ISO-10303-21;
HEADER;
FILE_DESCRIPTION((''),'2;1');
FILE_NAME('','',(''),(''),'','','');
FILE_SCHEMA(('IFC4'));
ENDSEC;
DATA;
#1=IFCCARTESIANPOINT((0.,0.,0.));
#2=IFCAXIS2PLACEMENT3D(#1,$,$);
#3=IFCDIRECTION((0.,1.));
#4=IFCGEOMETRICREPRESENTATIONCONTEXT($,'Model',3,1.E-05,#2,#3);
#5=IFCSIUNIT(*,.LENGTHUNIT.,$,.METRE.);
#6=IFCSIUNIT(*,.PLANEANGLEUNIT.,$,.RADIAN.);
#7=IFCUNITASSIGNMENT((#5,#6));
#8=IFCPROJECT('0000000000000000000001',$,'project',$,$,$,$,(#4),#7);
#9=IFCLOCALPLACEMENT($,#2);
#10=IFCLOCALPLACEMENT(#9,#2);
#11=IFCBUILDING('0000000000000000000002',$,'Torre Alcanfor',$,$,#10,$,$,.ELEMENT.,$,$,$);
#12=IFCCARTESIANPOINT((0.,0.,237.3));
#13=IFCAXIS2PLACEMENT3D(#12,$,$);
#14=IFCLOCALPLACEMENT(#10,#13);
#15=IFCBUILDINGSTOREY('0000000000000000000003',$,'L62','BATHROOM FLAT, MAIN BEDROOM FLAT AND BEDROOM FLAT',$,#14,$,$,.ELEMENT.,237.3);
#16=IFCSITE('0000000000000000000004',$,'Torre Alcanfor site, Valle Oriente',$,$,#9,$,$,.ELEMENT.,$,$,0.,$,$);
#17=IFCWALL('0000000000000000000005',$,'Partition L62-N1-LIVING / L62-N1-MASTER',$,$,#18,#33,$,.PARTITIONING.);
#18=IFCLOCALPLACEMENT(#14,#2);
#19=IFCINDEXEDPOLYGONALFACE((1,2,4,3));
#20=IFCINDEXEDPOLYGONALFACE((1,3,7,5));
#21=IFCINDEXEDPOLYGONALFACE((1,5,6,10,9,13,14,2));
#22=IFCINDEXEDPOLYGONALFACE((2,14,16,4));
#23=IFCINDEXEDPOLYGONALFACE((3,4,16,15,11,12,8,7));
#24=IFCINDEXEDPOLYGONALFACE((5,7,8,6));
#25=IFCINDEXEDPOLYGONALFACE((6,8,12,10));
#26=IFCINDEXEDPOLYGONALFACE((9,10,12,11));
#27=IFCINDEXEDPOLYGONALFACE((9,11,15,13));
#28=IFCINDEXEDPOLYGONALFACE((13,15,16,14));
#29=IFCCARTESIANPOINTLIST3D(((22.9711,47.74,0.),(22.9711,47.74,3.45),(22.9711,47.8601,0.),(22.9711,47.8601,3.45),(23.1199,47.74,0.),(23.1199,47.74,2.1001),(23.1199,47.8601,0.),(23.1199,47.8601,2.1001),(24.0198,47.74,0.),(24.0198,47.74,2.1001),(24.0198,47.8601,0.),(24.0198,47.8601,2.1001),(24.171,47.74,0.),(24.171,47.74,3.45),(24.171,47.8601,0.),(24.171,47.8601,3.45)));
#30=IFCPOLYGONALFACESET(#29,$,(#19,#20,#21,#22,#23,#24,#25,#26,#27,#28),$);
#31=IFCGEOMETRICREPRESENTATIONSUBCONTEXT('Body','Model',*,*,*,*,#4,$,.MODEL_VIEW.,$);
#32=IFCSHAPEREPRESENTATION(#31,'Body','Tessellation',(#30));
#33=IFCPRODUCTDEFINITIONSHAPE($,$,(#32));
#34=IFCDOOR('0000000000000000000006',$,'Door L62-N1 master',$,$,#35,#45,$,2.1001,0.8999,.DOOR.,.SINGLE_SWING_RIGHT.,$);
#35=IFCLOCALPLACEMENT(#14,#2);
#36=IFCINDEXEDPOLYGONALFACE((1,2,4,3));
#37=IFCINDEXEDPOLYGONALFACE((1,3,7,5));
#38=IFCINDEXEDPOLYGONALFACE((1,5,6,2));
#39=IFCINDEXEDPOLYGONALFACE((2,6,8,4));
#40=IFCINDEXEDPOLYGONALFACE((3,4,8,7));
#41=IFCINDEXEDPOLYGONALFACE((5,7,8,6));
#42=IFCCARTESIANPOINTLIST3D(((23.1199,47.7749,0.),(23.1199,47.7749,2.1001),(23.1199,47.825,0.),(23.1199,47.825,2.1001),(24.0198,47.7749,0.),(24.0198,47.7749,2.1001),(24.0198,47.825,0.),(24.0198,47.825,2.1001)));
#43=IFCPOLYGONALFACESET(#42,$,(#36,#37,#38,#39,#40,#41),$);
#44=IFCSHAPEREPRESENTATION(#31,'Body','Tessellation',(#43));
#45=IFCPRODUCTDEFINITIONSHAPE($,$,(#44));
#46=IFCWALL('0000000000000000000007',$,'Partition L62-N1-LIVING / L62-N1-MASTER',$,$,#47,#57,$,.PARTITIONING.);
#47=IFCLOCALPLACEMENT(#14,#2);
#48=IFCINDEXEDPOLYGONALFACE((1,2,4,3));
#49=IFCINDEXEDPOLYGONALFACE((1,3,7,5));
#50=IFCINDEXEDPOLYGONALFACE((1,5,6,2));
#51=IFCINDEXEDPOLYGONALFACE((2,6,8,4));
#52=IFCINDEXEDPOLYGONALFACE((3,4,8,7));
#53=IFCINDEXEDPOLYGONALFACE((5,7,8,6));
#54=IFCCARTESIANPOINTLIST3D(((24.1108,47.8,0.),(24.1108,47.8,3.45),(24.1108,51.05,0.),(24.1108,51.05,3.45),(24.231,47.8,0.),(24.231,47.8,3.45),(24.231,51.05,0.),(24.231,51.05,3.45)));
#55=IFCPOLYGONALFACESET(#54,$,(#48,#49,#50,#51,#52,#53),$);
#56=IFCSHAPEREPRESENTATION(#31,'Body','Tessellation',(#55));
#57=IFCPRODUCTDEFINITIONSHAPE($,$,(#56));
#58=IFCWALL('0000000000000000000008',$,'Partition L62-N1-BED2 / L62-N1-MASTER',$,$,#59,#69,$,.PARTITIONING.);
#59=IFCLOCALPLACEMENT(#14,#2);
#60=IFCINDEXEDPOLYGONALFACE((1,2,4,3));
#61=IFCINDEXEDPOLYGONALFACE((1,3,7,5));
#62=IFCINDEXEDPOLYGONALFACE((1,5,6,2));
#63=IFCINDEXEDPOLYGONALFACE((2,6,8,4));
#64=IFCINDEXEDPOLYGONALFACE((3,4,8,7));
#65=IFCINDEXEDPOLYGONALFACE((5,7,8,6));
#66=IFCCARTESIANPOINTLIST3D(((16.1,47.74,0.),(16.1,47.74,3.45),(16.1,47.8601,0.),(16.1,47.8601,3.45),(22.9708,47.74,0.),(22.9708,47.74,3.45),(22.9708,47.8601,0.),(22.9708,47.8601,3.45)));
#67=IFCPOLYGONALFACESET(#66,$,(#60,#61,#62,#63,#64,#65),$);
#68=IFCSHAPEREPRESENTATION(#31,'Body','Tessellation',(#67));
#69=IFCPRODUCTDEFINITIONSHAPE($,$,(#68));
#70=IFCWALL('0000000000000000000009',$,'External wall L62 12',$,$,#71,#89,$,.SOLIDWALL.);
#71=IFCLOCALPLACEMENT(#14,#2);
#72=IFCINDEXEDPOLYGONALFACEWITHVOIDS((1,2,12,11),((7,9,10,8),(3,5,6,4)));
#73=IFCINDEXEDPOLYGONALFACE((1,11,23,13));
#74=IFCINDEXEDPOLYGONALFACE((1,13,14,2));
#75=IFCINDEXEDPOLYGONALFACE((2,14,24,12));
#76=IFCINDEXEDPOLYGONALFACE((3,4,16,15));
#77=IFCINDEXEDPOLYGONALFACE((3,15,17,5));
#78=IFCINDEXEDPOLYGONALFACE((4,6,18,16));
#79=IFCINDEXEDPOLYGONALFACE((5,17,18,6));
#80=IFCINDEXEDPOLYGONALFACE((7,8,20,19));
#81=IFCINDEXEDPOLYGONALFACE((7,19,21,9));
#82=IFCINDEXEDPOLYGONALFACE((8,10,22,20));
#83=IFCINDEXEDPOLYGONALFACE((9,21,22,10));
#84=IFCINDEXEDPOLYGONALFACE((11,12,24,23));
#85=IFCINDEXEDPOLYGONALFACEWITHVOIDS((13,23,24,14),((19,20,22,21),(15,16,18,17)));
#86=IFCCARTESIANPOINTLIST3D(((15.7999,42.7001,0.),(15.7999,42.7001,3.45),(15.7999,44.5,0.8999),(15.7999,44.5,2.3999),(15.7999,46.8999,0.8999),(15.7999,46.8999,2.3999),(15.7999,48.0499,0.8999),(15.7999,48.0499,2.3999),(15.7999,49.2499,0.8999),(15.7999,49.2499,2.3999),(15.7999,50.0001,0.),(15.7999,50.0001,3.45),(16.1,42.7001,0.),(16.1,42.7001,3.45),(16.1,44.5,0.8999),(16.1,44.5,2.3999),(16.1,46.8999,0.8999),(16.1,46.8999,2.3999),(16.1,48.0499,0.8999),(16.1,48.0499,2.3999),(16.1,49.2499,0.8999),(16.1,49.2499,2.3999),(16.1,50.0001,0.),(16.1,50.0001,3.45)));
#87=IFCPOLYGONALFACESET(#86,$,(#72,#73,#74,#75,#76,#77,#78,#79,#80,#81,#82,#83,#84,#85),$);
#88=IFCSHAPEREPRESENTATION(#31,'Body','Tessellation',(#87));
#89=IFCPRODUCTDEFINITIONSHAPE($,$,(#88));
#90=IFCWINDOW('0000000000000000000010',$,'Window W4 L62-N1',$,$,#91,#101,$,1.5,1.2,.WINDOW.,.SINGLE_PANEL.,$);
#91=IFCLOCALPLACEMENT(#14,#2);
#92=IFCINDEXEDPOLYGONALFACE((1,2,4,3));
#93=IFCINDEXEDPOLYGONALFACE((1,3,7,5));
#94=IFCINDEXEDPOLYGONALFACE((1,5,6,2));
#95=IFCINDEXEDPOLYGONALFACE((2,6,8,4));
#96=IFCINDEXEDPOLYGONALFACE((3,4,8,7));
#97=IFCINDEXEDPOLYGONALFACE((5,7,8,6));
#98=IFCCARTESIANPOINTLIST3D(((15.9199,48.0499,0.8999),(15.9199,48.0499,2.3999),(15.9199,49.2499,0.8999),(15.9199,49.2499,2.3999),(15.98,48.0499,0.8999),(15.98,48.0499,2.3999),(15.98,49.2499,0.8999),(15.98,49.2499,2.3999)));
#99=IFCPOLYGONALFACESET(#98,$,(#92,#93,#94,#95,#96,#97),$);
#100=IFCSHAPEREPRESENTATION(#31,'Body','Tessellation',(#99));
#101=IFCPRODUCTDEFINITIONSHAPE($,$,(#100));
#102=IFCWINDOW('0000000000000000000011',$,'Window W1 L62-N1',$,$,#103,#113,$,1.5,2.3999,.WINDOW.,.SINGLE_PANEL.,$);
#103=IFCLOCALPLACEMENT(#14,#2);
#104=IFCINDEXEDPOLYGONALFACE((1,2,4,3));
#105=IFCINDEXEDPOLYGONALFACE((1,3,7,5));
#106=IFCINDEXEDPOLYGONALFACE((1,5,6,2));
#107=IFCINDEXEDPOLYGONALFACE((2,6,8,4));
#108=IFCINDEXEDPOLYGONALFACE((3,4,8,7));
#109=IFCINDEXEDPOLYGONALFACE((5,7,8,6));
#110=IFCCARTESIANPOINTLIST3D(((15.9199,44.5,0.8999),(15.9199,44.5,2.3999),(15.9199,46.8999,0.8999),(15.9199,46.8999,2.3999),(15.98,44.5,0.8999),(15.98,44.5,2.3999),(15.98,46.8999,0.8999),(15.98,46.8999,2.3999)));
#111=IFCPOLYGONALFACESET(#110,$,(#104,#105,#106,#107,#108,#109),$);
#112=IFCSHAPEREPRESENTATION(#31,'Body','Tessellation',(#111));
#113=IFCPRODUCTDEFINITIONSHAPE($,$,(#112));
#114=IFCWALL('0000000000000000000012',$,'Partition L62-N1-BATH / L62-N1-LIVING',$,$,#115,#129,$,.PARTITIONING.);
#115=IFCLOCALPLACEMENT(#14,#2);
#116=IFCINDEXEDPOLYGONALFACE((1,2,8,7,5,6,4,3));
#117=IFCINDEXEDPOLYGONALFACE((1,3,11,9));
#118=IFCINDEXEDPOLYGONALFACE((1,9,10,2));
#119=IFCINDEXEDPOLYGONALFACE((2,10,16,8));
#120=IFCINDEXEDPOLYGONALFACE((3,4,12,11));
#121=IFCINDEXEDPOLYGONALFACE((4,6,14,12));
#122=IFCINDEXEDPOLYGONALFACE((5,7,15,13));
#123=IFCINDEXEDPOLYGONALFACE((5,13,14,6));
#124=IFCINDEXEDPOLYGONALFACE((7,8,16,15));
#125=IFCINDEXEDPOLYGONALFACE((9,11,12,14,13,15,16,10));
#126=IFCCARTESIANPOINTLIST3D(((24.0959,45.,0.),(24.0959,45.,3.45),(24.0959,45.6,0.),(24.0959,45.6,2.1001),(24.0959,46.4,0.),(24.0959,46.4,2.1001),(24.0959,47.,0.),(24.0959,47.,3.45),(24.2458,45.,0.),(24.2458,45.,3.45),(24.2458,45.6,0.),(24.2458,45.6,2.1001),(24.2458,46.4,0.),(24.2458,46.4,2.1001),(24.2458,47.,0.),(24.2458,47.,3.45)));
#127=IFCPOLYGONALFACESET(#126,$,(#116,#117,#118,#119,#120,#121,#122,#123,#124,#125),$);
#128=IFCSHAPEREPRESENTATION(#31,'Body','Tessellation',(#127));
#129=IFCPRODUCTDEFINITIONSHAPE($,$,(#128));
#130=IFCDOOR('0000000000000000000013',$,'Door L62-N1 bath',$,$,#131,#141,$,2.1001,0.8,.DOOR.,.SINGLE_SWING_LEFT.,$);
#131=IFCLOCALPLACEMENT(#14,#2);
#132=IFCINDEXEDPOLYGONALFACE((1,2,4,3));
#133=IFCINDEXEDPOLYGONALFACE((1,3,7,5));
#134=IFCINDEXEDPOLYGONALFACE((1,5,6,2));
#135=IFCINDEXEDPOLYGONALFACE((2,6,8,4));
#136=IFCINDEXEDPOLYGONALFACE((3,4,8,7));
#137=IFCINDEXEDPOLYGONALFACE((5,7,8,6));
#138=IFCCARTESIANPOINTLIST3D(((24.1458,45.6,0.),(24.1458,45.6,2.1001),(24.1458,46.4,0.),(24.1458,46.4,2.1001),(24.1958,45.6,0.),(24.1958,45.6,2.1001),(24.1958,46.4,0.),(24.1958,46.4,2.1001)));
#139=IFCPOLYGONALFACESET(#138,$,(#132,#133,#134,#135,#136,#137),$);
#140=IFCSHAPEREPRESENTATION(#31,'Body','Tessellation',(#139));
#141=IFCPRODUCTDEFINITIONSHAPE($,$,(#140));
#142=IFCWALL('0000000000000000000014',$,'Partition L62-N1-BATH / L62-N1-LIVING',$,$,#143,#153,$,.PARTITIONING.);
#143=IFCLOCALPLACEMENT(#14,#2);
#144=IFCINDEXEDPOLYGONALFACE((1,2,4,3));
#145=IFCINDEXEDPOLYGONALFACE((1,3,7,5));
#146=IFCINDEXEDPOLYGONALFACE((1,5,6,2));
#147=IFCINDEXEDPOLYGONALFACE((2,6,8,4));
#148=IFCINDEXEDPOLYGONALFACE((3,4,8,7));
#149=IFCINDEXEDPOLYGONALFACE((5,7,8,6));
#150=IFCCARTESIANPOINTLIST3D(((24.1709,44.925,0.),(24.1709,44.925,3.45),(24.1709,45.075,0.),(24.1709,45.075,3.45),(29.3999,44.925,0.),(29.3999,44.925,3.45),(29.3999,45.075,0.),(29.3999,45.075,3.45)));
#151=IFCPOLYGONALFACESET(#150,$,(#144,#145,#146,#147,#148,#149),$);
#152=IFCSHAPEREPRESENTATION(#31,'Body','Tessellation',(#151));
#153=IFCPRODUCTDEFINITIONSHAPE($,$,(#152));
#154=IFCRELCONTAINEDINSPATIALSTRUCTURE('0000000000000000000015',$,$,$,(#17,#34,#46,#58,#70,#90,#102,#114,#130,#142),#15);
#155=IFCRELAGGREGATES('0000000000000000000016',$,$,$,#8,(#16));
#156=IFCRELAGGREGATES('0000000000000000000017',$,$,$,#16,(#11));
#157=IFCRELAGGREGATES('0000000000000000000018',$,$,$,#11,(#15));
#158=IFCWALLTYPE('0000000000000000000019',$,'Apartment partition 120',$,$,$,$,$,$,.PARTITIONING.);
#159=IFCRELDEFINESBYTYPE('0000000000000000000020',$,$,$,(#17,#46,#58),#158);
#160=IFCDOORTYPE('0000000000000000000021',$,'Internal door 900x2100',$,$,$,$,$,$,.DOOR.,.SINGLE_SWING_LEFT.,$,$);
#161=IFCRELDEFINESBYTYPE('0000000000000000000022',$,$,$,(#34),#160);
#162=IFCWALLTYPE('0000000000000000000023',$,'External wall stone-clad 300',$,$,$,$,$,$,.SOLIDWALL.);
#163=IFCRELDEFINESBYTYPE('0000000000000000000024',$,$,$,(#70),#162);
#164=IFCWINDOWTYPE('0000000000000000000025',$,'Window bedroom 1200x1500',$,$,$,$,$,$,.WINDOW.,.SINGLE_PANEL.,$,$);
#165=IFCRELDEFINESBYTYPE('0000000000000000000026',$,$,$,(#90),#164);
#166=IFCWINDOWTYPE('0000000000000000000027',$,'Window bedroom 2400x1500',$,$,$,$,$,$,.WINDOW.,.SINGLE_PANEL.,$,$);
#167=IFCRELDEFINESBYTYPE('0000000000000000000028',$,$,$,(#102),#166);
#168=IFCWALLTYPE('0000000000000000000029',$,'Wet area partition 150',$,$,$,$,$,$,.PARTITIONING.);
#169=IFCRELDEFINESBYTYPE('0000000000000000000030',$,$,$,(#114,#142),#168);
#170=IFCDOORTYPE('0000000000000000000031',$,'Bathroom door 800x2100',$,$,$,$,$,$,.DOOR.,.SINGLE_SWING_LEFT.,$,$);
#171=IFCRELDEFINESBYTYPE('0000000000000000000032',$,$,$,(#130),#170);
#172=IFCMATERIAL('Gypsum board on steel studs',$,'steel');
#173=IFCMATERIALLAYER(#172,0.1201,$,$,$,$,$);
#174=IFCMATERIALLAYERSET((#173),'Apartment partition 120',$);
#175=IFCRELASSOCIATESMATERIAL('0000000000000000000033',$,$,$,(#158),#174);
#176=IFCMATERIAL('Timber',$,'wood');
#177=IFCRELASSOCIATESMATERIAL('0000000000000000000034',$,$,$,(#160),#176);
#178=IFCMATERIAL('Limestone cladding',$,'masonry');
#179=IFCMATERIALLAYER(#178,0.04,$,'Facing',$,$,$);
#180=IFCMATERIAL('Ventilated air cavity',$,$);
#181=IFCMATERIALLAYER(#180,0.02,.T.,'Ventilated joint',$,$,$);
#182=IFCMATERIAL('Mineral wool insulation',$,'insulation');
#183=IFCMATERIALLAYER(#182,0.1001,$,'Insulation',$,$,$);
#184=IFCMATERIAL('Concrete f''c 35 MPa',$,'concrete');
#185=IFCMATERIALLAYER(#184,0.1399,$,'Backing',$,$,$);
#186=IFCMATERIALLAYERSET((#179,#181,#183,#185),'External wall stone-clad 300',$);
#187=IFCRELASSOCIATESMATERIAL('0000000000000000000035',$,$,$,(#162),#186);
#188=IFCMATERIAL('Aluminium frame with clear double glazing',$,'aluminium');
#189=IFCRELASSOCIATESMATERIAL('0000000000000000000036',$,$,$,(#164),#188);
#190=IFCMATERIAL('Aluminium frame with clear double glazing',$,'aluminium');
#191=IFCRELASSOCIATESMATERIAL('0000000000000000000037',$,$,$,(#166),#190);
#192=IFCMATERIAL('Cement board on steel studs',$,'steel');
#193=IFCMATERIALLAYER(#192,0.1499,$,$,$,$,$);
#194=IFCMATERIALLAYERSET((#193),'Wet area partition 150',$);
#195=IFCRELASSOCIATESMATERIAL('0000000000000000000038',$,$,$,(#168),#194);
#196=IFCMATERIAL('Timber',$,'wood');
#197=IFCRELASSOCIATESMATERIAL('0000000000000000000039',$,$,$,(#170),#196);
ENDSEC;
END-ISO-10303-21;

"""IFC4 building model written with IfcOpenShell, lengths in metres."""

from ifc_helpers import new_model, si_unit, direction, frame, frame_2d, origin, place, context, subcontext, project, spatial, rectangle, extrude, material, layer, layer_set, type_object, element, fill, save


model = new_model("IFC4")

# Units and contexts
model_context = context("Model", 3, precision=1e-05, world=origin(), true_north=direction((0.0, 1.0)))
body_context = subcontext(model_context, "Body", "Model", "MODEL_VIEW")
ifc_project = project(units=[si_unit("LENGTHUNIT", "METRE"), si_unit("PLANEANGLEUNIT", "RADIAN")], contexts=[model_context])

# Site, building, storey
site_placement = place(None, origin())
site = spatial("IfcSite", under=ifc_project, at=site_placement, Name="Torre Alcanfor site, Valle Oriente", CompositionType="ELEMENT", RefElevation=0.0)
building_placement = place(site_placement, origin())
building = spatial("IfcBuilding", under=site, at=building_placement, Name="Torre Alcanfor", CompositionType="ELEMENT")
storey_placement = place(building_placement, frame((0.0, 0.0, 237.3)))
storey = spatial("IfcBuildingStorey", under=building, at=storey_placement, Name="L62", Description="BATHROOM FLAT, MAIN BEDROOM FLAT AND BEDROOM FLAT", CompositionType="ELEMENT", Elevation=237.3)

# Wall, opening, door
ifc_material_1 = material(Name="Gypsum board on steel studs", Category="steel")
ifc_layer_1 = layer(ifc_material_1, 0.1201)
ifc_layer_set_1 = layer_set([ifc_layer_1], Name="Apartment partition 120")
wall_type_1 = type_object("IfcWallType", Name="Apartment partition 120", PredefinedType="PARTITIONING", material=ifc_layer_set_1)
ifc_material_2 = material(Name="Timber", Category="wood")
door_type_1 = type_object("IfcDoorType", Name="Internal door 900x2100", OperationType="SINGLE_SWING_LEFT", PredefinedType="DOOR", material=ifc_material_2)
wall_1_placement = place(storey_placement, frame((22.9709, 47.8, 0.0), z_axis=(0.0, 0.0, 1.0), x_axis=(1.0, 0.0, 0.0)))
wall_1 = element("IfcWall", 1, at=wall_1_placement, inside=storey, type_object=wall_type_1, Name="Partition L62-N1-LIVING / L62-N1-MASTER", PredefinedType="PARTITIONING", context=body_context, shape_type="SweptSolid", body=[
    extrude(rectangle(XDim=1.2, YDim=0.1201, at=frame_2d((0.6001, 0.0))), origin(), (0.0, 0.0, 1.0), 3.45),
])
opening_1_placement = place(wall_1_placement, frame((0.1489, 0.0, 0.0)))
opening_1 = element("IfcOpeningElement", 2, at=opening_1_placement, cuts=wall_1, PredefinedType="OPENING", context=body_context, shape_type="SweptSolid", body=[
    extrude(rectangle(XDim=0.8999, YDim=2.1001, at=frame_2d((0.45, 1.05))), frame((0.0, 0.0701, 0.0), z_axis=(0.0, -1.0, 0.0), x_axis=(1.0, 0.0, 0.0)), (0.0, 0.0, 1.0), 0.1401),
])
door_1_placement = place(opening_1_placement, origin())
door_1 = element("IfcDoor", 3, at=door_1_placement, inside=storey, type_object=door_type_1, Name="Door L62-N1 master", OperationType="SINGLE_SWING_RIGHT", OverallHeight=2.1001, OverallWidth=0.8999, PredefinedType="DOOR", context=body_context, shape_type="SweptSolid", body=[
    extrude(rectangle(XDim=0.8999, YDim=2.1001, at=frame_2d((0.45, 1.05))), frame((0.0, 0.0249, 0.0), z_axis=(0.0, -1.0, 0.0), x_axis=(1.0, 0.0, 0.0)), (0.0, 0.0, 1.0), 0.05),
])
fill(opening_1, door_1)

# Walls
wall_2_placement = place(storey_placement, frame((24.1709, 47.8, 0.0), z_axis=(0.0, 0.0, 1.0), x_axis=(0.0, 1.0, 0.0)))
element("IfcWall", 4, at=wall_2_placement, inside=storey, type_object=wall_type_1, Name="Partition L62-N1-LIVING / L62-N1-MASTER", PredefinedType="PARTITIONING", context=body_context, shape_type="SweptSolid", body=[
    extrude(rectangle(XDim=3.25, YDim=0.1201, at=frame_2d((1.625, 0.0))), origin(), (0.0, 0.0, 1.0), 3.45),
])
wall_3_placement = place(storey_placement, frame((22.9709, 47.8, 0.0), z_axis=(0.0, 0.0, 1.0), x_axis=(-1.0, 0.0, 0.0)))
element("IfcWall", 5, at=wall_3_placement, inside=storey, type_object=wall_type_1, Name="Partition L62-N1-BED2 / L62-N1-MASTER", PredefinedType="PARTITIONING", context=body_context, shape_type="SweptSolid", body=[
    extrude(rectangle(XDim=6.8708, YDim=0.1201, at=frame_2d((3.4355, 0.0))), origin(), (0.0, 0.0, 1.0), 3.45),
])

# Wall, openings, windows
ifc_material_3 = material(Name="Limestone cladding", Category="masonry")
ifc_layer_2 = layer(ifc_material_3, 0.04, Name="Facing")
ifc_material_4 = material(Name="Ventilated air cavity")
ifc_layer_3 = layer(ifc_material_4, 0.02, ventilated=True, Name="Ventilated joint")
ifc_material_5 = material(Name="Mineral wool insulation", Category="insulation")
ifc_layer_4 = layer(ifc_material_5, 0.1001, Name="Insulation")
ifc_material_6 = material(Name="Concrete f'c 35 MPa", Category="concrete")
ifc_layer_5 = layer(ifc_material_6, 0.1399, Name="Backing")
ifc_layer_set_2 = layer_set([ifc_layer_2, ifc_layer_3, ifc_layer_4, ifc_layer_5], Name="External wall stone-clad 300")
wall_type_2 = type_object("IfcWallType", Name="External wall stone-clad 300", PredefinedType="SOLIDWALL", material=ifc_layer_set_2)
wall_4_placement = place(storey_placement, frame((15.95, 50.0, 0.0), z_axis=(0.0, 0.0, 1.0), x_axis=(0.0, -1.0, 0.0)))
wall_4 = element("IfcWall", 6, at=wall_4_placement, inside=storey, type_object=wall_type_2, Name="External wall L62 12", PredefinedType="SOLIDWALL", context=body_context, shape_type="SweptSolid", body=[
    extrude(rectangle(XDim=7.3, YDim=0.3, at=frame_2d((3.6499, 0.0))), origin(), (0.0, 0.0, 1.0), 3.45),
])
opening_2_placement = place(wall_4_placement, frame((3.1001, 0.0, 0.8999)))
opening_2 = element("IfcOpeningElement", 7, at=opening_2_placement, cuts=wall_4, PredefinedType="OPENING", context=body_context, shape_type="SweptSolid", body=[
    extrude(rectangle(XDim=2.3999, YDim=1.5, at=frame_2d((1.2, 0.75))), frame((0.0, 0.1599, 0.0), z_axis=(0.0, -1.0, 0.0), x_axis=(1.0, 0.0, 0.0)), (0.0, 0.0, 1.0), 0.3201),
])
opening_3_placement = place(wall_4_placement, frame((0.75, 0.0, 0.8999)))
opening_3 = element("IfcOpeningElement", 8, at=opening_3_placement, cuts=wall_4, PredefinedType="OPENING", context=body_context, shape_type="SweptSolid", body=[
    extrude(rectangle(XDim=1.2, YDim=1.5, at=frame_2d((0.6001, 0.75))), frame((0.0, 0.1599, 0.0), z_axis=(0.0, -1.0, 0.0), x_axis=(1.0, 0.0, 0.0)), (0.0, 0.0, 1.0), 0.3201),
])
ifc_material_7 = material(Name="Aluminium frame with clear double glazing", Category="aluminium")
window_type_1 = type_object("IfcWindowType", Name="Window bedroom 1200x1500", PartitioningType="SINGLE_PANEL", PredefinedType="WINDOW", material=ifc_material_7)
window_1_placement = place(opening_3_placement, origin())
window_1 = element("IfcWindow", 9, at=window_1_placement, inside=storey, type_object=window_type_1, Name="Window W4 L62-N1", OverallHeight=1.5, OverallWidth=1.2, PartitioningType="SINGLE_PANEL", PredefinedType="WINDOW", context=body_context, shape_type="SweptSolid", body=[
    extrude(rectangle(XDim=1.2, YDim=1.5, at=frame_2d((0.6001, 0.75))), frame((0.0, 0.03, 0.0), z_axis=(0.0, -1.0, 0.0), x_axis=(1.0, 0.0, 0.0)), (0.0, 0.0, 1.0), 0.0601),
])
fill(opening_3, window_1)
ifc_material_8 = material(Name="Aluminium frame with clear double glazing", Category="aluminium")
window_type_2 = type_object("IfcWindowType", Name="Window bedroom 2400x1500", PartitioningType="SINGLE_PANEL", PredefinedType="WINDOW", material=ifc_material_8)
window_2_placement = place(opening_2_placement, origin())
window_2 = element("IfcWindow", 10, at=window_2_placement, inside=storey, type_object=window_type_2, Name="Window W1 L62-N1", OverallHeight=1.5, OverallWidth=2.3999, PartitioningType="SINGLE_PANEL", PredefinedType="WINDOW", context=body_context, shape_type="SweptSolid", body=[
    extrude(rectangle(XDim=2.3999, YDim=1.5, at=frame_2d((1.2, 0.75))), frame((0.0, 0.03, 0.0), z_axis=(0.0, -1.0, 0.0), x_axis=(1.0, 0.0, 0.0)), (0.0, 0.0, 1.0), 0.0601),
])
fill(opening_2, window_2)

# Wall, opening, door
ifc_material_9 = material(Name="Cement board on steel studs", Category="steel")
ifc_layer_6 = layer(ifc_material_9, 0.1499)
ifc_layer_set_3 = layer_set([ifc_layer_6], Name="Wet area partition 150")
wall_type_3 = type_object("IfcWallType", Name="Wet area partition 150", PredefinedType="PARTITIONING", material=ifc_layer_set_3)
wall_5_placement = place(storey_placement, frame((24.1709, 47.0, 0.0), z_axis=(0.0, 0.0, 1.0), x_axis=(0.0, -1.0, 0.0)))
wall_5 = element("IfcWall", 11, at=wall_5_placement, inside=storey, type_object=wall_type_3, Name="Partition L62-N1-BATH / L62-N1-LIVING", PredefinedType="PARTITIONING", context=body_context, shape_type="SweptSolid", body=[
    extrude(rectangle(XDim=2.0, YDim=0.1499, at=frame_2d((1.0, 0.0))), origin(), (0.0, 0.0, 1.0), 3.45),
])
opening_4_placement = place(wall_5_placement, frame((0.6001, 0.0, 0.0)))
opening_4 = element("IfcOpeningElement", 12, at=opening_4_placement, cuts=wall_5, PredefinedType="OPENING", context=body_context, shape_type="SweptSolid", body=[
    extrude(rectangle(XDim=0.8, YDim=2.1001, at=frame_2d((0.3999, 1.05))), frame((0.0, 0.085, 0.0), z_axis=(0.0, -1.0, 0.0), x_axis=(1.0, 0.0, 0.0)), (0.0, 0.0, 1.0), 0.1699),
])
ifc_material_10 = material(Name="Timber", Category="wood")
door_type_2 = type_object("IfcDoorType", Name="Bathroom door 800x2100", OperationType="SINGLE_SWING_LEFT", PredefinedType="DOOR", material=ifc_material_10)
door_2_placement = place(opening_4_placement, origin())
door_2 = element("IfcDoor", 13, at=door_2_placement, inside=storey, type_object=door_type_2, Name="Door L62-N1 bath", OperationType="SINGLE_SWING_LEFT", OverallHeight=2.1001, OverallWidth=0.8, PredefinedType="DOOR", context=body_context, shape_type="SweptSolid", body=[
    extrude(rectangle(XDim=0.8, YDim=2.1001, at=frame_2d((0.3999, 1.05))), frame((0.0, 0.0249, 0.0), z_axis=(0.0, -1.0, 0.0), x_axis=(1.0, 0.0, 0.0)), (0.0, 0.0, 1.0), 0.05),
])
fill(opening_4, door_2)

# Wall
wall_6_placement = place(storey_placement, frame((24.1709, 45.0, 0.0), z_axis=(0.0, 0.0, 1.0), x_axis=(1.0, 0.0, 0.0)))
element("IfcWall", 14, at=wall_6_placement, inside=storey, type_object=wall_type_3, Name="Partition L62-N1-BATH / L62-N1-LIVING", PredefinedType="PARTITIONING", context=body_context, shape_type="SweptSolid", body=[
    extrude(rectangle(XDim=5.229, YDim=0.1499, at=frame_2d((2.6145, 0.0))), origin(), (0.0, 0.0, 1.0), 3.45),
])

save(model, "model.ifc")
